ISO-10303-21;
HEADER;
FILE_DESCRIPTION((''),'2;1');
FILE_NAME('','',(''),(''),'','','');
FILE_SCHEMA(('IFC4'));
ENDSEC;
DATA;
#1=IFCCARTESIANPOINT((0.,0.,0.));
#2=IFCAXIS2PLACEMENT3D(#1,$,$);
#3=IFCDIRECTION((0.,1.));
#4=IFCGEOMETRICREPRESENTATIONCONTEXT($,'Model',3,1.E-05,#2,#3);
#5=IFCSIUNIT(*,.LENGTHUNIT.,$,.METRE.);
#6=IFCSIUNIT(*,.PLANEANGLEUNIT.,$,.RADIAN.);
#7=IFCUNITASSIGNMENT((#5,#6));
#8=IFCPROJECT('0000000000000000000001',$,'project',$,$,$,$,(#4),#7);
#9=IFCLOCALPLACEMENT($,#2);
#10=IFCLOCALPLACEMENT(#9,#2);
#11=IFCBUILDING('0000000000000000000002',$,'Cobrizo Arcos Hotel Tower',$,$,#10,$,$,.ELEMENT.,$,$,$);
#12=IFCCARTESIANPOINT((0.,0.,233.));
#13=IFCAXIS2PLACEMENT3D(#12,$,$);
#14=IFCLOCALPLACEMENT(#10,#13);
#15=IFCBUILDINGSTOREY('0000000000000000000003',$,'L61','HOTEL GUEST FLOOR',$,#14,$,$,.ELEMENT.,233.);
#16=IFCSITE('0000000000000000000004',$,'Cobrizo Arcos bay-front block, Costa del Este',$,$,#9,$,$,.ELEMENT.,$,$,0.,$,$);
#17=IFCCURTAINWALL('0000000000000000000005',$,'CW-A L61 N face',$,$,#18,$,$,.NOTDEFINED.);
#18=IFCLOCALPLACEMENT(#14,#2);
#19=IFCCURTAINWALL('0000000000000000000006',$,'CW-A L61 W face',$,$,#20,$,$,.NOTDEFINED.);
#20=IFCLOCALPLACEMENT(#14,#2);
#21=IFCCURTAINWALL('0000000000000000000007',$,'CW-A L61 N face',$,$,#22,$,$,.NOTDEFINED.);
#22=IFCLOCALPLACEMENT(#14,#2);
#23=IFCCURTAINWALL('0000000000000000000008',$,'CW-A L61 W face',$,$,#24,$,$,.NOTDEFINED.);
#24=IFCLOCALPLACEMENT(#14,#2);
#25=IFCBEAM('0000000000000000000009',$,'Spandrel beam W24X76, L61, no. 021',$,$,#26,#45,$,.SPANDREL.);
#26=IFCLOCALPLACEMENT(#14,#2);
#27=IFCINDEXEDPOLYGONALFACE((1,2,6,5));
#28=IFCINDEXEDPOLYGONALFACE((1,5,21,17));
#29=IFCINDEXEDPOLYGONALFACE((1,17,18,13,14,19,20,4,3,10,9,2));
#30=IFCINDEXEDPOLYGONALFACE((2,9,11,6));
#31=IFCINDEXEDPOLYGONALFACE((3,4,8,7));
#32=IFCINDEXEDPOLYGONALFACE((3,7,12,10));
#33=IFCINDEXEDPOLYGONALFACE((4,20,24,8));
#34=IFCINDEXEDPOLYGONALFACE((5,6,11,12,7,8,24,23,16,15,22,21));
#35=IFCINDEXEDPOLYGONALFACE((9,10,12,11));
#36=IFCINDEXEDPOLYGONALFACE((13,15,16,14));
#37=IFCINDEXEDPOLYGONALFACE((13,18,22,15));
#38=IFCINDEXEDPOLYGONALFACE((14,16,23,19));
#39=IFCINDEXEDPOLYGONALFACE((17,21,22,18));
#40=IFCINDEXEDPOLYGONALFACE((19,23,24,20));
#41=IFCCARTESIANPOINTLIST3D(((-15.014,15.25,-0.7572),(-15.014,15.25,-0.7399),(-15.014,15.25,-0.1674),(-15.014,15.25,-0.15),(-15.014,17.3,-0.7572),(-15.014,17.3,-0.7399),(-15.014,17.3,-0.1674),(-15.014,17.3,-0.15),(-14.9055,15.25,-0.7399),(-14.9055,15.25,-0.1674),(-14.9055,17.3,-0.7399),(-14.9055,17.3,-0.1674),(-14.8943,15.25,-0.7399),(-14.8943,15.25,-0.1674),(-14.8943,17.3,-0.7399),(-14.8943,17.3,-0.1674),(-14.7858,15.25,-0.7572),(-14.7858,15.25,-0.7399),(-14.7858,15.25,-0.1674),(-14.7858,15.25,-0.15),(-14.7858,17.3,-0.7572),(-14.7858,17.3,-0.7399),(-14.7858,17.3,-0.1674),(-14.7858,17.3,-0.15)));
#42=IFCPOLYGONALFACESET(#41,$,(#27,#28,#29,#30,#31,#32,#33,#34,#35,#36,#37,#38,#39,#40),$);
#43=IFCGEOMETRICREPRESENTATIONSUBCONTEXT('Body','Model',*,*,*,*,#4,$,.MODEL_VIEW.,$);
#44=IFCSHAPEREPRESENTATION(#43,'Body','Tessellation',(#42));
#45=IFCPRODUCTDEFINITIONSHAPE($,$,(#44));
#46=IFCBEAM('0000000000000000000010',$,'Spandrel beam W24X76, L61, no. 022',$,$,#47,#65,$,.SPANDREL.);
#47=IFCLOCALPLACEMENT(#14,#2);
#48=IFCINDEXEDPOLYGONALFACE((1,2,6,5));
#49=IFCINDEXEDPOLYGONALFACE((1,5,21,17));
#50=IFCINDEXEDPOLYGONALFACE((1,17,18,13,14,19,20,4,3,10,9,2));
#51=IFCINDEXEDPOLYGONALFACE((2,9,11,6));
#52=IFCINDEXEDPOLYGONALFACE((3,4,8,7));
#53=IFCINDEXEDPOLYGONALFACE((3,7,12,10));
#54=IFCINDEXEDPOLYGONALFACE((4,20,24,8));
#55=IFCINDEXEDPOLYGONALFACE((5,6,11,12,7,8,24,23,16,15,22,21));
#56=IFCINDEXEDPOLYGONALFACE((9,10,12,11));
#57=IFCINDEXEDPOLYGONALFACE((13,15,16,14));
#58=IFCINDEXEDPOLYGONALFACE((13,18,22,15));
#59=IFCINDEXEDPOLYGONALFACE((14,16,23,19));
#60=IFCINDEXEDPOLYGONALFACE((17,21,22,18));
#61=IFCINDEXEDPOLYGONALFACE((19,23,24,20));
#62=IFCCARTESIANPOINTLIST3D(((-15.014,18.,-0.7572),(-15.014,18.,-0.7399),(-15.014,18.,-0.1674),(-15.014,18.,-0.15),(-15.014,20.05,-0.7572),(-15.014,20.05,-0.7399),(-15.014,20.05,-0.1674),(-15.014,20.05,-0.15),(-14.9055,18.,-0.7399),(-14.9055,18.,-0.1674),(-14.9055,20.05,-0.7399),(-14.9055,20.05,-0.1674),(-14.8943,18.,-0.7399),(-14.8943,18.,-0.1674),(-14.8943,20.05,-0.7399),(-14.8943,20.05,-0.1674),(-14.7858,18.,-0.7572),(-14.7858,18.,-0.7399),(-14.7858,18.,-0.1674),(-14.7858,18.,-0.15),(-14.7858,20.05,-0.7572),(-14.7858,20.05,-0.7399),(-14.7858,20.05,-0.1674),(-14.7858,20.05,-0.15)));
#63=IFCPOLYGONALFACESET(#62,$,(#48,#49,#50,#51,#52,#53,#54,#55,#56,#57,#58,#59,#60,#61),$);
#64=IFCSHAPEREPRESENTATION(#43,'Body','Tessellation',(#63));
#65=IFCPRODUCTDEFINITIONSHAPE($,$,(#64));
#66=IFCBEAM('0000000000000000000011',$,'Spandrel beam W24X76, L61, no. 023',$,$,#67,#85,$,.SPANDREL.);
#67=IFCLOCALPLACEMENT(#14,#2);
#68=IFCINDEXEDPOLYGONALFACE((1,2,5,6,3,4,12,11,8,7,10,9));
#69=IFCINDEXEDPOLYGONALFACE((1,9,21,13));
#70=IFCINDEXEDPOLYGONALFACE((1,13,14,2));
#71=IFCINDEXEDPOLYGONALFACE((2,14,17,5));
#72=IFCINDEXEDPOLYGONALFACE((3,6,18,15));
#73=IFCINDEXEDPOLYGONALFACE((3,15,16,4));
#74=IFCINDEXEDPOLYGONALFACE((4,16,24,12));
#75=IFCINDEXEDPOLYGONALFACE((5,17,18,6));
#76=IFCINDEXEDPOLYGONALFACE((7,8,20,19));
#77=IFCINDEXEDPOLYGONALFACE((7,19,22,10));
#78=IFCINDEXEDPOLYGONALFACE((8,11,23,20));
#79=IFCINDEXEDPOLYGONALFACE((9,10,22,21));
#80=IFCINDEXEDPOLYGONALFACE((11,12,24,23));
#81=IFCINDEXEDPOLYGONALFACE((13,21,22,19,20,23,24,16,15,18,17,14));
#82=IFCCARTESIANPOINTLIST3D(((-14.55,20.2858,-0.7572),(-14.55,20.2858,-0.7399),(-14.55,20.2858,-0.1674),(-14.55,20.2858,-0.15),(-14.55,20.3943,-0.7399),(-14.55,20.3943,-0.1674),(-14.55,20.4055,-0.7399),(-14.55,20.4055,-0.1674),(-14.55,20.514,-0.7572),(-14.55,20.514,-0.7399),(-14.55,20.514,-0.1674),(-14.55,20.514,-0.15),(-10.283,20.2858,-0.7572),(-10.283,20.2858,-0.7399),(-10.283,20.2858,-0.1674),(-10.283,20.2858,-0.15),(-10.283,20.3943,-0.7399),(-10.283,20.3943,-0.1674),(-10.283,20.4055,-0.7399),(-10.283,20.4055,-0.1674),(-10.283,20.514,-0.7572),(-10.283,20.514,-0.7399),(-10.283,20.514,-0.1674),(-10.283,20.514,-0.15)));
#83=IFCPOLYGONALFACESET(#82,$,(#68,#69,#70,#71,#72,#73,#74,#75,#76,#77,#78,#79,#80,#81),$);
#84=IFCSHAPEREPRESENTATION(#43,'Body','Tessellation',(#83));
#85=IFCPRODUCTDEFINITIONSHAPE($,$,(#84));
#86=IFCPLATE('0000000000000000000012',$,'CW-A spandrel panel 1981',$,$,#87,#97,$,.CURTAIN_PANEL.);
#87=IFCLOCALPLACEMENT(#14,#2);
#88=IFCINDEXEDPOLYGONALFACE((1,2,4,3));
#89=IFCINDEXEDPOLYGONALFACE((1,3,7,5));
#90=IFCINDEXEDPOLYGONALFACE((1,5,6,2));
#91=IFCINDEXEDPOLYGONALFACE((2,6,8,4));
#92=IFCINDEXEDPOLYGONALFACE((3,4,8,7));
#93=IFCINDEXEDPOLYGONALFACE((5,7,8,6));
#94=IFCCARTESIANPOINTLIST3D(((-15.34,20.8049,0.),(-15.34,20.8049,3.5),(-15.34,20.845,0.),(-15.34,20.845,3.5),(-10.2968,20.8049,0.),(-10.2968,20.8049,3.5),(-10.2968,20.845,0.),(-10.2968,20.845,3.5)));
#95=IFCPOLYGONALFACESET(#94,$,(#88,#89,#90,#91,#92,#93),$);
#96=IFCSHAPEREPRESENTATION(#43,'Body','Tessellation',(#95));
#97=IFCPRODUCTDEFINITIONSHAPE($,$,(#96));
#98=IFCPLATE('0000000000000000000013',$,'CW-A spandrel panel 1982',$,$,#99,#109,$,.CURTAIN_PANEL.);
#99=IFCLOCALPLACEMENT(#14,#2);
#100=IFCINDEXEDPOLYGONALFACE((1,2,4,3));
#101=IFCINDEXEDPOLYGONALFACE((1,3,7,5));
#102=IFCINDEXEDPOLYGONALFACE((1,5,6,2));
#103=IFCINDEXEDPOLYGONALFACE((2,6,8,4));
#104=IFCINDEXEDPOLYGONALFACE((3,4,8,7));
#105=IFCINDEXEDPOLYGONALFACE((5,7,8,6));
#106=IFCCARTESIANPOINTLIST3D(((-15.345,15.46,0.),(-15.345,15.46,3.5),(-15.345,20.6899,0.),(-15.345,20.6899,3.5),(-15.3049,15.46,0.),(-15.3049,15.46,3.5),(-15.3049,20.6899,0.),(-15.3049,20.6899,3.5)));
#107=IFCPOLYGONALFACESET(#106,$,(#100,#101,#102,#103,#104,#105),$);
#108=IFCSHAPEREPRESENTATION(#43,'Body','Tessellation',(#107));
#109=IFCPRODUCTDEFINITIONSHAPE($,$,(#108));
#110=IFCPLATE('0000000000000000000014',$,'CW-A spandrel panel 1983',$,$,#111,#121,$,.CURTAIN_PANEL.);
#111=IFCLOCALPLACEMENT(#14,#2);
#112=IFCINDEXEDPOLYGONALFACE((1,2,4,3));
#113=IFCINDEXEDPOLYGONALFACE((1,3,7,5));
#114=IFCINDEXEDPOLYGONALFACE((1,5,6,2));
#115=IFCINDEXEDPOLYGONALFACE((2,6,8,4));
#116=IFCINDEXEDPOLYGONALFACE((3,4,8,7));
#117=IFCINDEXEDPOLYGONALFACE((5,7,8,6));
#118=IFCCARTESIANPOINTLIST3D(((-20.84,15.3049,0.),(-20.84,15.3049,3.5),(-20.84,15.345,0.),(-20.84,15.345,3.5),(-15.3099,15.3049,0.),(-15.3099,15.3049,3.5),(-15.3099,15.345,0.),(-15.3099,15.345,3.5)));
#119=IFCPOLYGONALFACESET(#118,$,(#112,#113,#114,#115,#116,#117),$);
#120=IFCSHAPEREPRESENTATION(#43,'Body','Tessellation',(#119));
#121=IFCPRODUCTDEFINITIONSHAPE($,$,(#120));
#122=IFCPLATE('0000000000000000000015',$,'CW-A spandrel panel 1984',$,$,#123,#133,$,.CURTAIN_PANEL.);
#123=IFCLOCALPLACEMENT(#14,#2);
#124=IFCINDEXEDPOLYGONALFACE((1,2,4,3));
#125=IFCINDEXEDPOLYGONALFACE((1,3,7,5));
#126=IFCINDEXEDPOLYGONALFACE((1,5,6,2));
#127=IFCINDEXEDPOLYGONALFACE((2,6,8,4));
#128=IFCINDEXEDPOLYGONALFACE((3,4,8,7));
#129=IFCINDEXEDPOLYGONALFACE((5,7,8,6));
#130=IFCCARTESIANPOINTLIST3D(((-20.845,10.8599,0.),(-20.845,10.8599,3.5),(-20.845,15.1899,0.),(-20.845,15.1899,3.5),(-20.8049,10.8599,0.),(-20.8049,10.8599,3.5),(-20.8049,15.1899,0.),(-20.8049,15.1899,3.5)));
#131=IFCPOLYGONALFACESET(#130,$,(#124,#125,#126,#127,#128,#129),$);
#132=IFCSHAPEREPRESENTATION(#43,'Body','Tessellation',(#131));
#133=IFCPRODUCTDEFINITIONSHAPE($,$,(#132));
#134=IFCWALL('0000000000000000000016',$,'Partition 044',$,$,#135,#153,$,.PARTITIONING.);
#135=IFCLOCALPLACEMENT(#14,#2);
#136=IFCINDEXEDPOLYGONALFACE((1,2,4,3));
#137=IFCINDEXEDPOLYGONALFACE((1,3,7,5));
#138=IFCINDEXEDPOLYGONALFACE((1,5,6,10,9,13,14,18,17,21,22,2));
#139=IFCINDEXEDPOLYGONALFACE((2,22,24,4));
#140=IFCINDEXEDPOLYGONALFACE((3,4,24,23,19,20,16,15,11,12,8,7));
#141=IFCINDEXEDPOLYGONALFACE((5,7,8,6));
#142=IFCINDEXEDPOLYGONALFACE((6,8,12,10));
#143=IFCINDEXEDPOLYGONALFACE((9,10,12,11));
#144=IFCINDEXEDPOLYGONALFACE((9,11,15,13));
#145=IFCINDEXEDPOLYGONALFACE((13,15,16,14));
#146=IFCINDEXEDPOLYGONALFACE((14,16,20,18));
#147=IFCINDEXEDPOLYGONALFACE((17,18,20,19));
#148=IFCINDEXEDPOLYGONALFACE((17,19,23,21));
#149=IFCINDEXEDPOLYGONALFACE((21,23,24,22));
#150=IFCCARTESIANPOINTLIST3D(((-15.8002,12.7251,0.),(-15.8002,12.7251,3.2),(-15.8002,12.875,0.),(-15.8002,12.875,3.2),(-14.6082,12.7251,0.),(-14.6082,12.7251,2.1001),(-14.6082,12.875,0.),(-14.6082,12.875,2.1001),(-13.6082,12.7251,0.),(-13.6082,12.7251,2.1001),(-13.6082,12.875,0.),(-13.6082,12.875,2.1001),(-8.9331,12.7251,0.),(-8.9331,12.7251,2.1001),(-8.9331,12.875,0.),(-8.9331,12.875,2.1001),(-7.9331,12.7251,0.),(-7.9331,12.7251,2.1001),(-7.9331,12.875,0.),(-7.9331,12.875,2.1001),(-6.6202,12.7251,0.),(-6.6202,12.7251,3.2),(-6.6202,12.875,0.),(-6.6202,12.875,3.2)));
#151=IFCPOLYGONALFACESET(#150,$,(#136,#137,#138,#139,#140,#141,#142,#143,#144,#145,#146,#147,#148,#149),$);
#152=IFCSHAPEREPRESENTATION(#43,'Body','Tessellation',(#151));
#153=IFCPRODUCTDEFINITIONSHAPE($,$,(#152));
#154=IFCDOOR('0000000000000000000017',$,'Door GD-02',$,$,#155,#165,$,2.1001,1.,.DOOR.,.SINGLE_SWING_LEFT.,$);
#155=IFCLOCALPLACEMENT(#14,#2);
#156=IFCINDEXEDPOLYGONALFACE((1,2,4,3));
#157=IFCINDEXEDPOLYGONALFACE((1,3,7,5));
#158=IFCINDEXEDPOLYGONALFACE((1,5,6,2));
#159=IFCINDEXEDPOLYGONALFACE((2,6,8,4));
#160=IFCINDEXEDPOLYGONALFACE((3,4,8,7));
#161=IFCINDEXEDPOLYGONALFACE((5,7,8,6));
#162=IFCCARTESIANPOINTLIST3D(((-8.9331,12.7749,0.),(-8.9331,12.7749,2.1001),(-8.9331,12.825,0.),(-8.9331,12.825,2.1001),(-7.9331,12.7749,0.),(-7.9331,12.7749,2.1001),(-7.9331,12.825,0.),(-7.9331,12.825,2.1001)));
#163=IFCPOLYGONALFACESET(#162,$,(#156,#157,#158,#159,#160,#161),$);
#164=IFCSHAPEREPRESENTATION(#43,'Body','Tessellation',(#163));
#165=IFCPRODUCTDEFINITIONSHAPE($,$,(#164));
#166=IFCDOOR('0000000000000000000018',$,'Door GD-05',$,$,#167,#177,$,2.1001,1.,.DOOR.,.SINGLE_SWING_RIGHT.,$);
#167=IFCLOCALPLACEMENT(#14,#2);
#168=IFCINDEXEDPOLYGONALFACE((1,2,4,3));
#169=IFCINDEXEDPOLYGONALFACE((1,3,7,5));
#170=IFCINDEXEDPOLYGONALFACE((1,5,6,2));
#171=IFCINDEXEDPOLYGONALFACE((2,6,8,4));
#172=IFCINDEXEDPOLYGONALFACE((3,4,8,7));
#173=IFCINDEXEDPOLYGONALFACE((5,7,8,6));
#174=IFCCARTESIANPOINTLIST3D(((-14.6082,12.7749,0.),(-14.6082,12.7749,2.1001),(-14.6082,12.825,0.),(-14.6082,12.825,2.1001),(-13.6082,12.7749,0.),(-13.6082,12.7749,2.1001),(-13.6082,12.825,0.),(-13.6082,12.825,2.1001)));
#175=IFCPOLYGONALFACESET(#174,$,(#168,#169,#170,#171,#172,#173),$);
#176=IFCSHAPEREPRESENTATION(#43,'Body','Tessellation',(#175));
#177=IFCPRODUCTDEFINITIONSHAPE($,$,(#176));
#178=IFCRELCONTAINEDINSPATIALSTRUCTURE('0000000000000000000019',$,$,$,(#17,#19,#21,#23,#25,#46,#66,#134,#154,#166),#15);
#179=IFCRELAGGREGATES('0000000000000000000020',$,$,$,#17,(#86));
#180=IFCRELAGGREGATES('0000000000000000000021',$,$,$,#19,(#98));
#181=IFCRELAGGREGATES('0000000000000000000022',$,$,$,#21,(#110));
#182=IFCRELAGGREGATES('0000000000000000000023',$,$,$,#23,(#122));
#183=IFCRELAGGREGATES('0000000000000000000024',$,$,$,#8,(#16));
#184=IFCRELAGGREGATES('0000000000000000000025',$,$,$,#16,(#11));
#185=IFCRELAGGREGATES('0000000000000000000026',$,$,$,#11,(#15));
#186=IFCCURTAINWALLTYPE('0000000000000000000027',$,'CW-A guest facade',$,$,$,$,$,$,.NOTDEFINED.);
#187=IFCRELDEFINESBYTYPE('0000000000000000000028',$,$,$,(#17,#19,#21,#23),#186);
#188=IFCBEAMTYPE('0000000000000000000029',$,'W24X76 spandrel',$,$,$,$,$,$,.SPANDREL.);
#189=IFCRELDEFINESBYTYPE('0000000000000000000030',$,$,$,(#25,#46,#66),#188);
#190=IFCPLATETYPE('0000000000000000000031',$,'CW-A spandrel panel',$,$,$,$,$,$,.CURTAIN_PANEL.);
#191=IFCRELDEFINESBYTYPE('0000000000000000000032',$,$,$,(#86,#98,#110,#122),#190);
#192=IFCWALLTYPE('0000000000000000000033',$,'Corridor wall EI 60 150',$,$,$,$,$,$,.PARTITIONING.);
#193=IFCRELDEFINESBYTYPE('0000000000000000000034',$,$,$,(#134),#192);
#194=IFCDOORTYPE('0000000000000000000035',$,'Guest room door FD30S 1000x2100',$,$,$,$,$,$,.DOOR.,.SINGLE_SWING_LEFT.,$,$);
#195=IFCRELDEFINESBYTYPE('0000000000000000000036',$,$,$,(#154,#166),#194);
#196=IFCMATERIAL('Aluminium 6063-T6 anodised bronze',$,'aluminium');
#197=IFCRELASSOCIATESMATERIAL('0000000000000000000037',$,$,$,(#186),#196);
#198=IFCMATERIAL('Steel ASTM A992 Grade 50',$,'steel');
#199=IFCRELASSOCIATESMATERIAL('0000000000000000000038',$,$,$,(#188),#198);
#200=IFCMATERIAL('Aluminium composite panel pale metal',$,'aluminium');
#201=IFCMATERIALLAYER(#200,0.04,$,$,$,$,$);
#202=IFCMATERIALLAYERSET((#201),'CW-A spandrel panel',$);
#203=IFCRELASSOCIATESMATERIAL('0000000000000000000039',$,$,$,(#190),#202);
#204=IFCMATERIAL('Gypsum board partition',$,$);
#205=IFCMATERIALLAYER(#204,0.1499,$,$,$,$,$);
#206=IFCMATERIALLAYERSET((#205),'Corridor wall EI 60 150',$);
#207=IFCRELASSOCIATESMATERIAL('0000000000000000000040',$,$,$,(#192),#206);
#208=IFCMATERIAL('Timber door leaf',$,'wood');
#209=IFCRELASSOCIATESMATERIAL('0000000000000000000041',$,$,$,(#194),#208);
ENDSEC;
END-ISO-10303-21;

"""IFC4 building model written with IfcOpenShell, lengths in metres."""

from ifc_helpers import new_model, si_unit, direction, frame, frame_2d, origin, origin_2d, place, context, subcontext, project, spatial, rectangle, i_section, extrude, material, layer, layer_set, material_profile, profile_set, type_object, element, fill, aggregate, save


model = new_model("IFC4")

# Units and contexts
model_context = context("Model", 3, precision=1e-05, world=origin(), true_north=direction((0.0, 1.0)))
body_context = subcontext(model_context, "Body", "Model", "MODEL_VIEW")
ifc_project = project(units=[si_unit("LENGTHUNIT", "METRE"), si_unit("PLANEANGLEUNIT", "RADIAN")], contexts=[model_context])

# Site, building, storey
site_placement = place(None, origin())
site = spatial("IfcSite", under=ifc_project, at=site_placement, Name="Cobrizo Arcos bay-front block, Costa del Este", CompositionType="ELEMENT", RefElevation=0.0)
building_placement = place(site_placement, origin())
building = spatial("IfcBuilding", under=site, at=building_placement, Name="Cobrizo Arcos Hotel Tower", CompositionType="ELEMENT")
storey_placement = place(building_placement, frame((0.0, 0.0, 233.0)))
storey = spatial("IfcBuildingStorey", under=building, at=storey_placement, Name="L61", Description="HOTEL GUEST FLOOR", CompositionType="ELEMENT", Elevation=233.0)

# Curtain wall
ifc_material_1 = material(Name="Aluminium 6063-T6 anodised bronze", Category="aluminium")
curtain_wall_type = type_object("IfcCurtainWallType", Name="CW-A guest facade", PredefinedType="NOTDEFINED", material=ifc_material_1)
curtain_wall_1_placement = place(storey_placement, origin())
curtain_wall_1 = element("IfcCurtainWall", 1, at=curtain_wall_1_placement, inside=storey, type_object=curtain_wall_type, Name="CW-A L61 N face", PredefinedType="NOTDEFINED")

# Curtain walls
curtain_wall_2_placement = place(storey_placement, origin())
curtain_wall_2 = element("IfcCurtainWall", 2, at=curtain_wall_2_placement, inside=storey, type_object=curtain_wall_type, Name="CW-A L61 W face", PredefinedType="NOTDEFINED")
curtain_wall_3_placement = place(storey_placement, origin())
curtain_wall_3 = element("IfcCurtainWall", 3, at=curtain_wall_3_placement, inside=storey, type_object=curtain_wall_type, Name="CW-A L61 N face", PredefinedType="NOTDEFINED")

# Curtain wall
curtain_wall_4_placement = place(storey_placement, origin())
curtain_wall_4 = element("IfcCurtainWall", 4, at=curtain_wall_4_placement, inside=storey, type_object=curtain_wall_type, Name="CW-A L61 W face", PredefinedType="NOTDEFINED")

# Beams
ifc_material_2 = material(Name="Steel ASTM A992 Grade 50", Category="steel")
ifc_material_profile_1 = material_profile(ifc_material_2, i_section(OverallWidth=0.2283, OverallDepth=0.6072, WebThickness=0.0112, FlangeThickness=0.0173, at=origin_2d()), Name="W24X76")
ifc_profile_set_1 = profile_set([ifc_material_profile_1], Name="Steel ASTM A992 Grade 50")
beam_type = type_object("IfcBeamType", Name="W24X76 spandrel", PredefinedType="SPANDREL", material=ifc_profile_set_1)
for number, where, z_axis, x_axis, name in (
    (5, (-14.8999, 15.25, -0.4536), (0.0, 1.0, 0.0), (-1.0, 0.0, 0.0), "Spandrel beam W24X76, L61, no. 021"),
    (6, (-14.8999, 18.0, -0.4536), (0.0, 1.0, 0.0), (-1.0, 0.0, 0.0), "Spandrel beam W24X76, L61, no. 022"),
):
    element("IfcBeam", number, at=place(storey_placement, frame(where, z_axis=z_axis, x_axis=x_axis)), inside=storey, type_object=beam_type, Name=name, PredefinedType="SPANDREL", context=body_context, shape_type="SweptSolid", body=[
        extrude(i_section(OverallWidth=0.2283, OverallDepth=0.6072, WebThickness=0.0112, FlangeThickness=0.0173, at=origin_2d()), origin(), (0.0, 0.0, 1.0), 2.05),
    ])
beam_placement = place(storey_placement, frame((-14.55, 20.3999, -0.4536), z_axis=(1.0, 0.0, 0.0), x_axis=(0.0, 1.0, 0.0)))
element("IfcBeam", 7, at=beam_placement, inside=storey, type_object=beam_type, Name="Spandrel beam W24X76, L61, no. 023", PredefinedType="SPANDREL", context=body_context, shape_type="SweptSolid", body=[
    extrude(i_section(OverallWidth=0.2283, OverallDepth=0.6072, WebThickness=0.0112, FlangeThickness=0.0173, at=origin_2d()), origin(), (0.0, 0.0, 1.0), 4.2671),
])

# Plates
ifc_material_3 = material(Name="Aluminium composite panel pale metal", Category="aluminium")
ifc_layer_1 = layer(ifc_material_3, 0.04)
ifc_layer_set_1 = layer_set([ifc_layer_1], Name="CW-A spandrel panel")
plate_type = type_object("IfcPlateType", Name="CW-A spandrel panel", PredefinedType="CURTAIN_PANEL", material=ifc_layer_set_1)
plate_1_placement = place(storey_placement, frame((-12.8184, 20.825, 0.0), z_axis=(0.0, 0.0, 1.0), x_axis=(-1.0, 0.0, 0.0)))
plate_1 = element("IfcPlate", 8, at=plate_1_placement, type_object=plate_type, Name="CW-A spandrel panel 1981", PredefinedType="CURTAIN_PANEL", context=body_context, shape_type="SweptSolid", body=[
    extrude(rectangle(XDim=5.0432, YDim=0.04, at=origin_2d()), origin(), (0.0, 0.0, 1.0), 3.5),
])
aggregate(curtain_wall_1, [plate_1])
plate_2_placement = place(storey_placement, frame((-15.325, 18.075, 0.0), z_axis=(0.0, 0.0, 1.0), x_axis=(0.0, -1.0, 0.0)))
plate_2 = element("IfcPlate", 9, at=plate_2_placement, type_object=plate_type, Name="CW-A spandrel panel 1982", PredefinedType="CURTAIN_PANEL", context=body_context, shape_type="SweptSolid", body=[
    extrude(rectangle(XDim=5.23, YDim=0.04, at=origin_2d()), origin(), (0.0, 0.0, 1.0), 3.5),
])
aggregate(curtain_wall_2, [plate_2])
plate_3_placement = place(storey_placement, frame((-18.075, 15.325, 0.0), z_axis=(0.0, 0.0, 1.0), x_axis=(-1.0, 0.0, 0.0)))
plate_3 = element("IfcPlate", 10, at=plate_3_placement, type_object=plate_type, Name="CW-A spandrel panel 1983", PredefinedType="CURTAIN_PANEL", context=body_context, shape_type="SweptSolid", body=[
    extrude(rectangle(XDim=5.53, YDim=0.04, at=origin_2d()), origin(), (0.0, 0.0, 1.0), 3.5),
])
aggregate(curtain_wall_3, [plate_3])
plate_4_placement = place(storey_placement, frame((-20.825, 13.0249, 0.0), z_axis=(0.0, 0.0, 1.0), x_axis=(0.0, -1.0, 0.0)))
plate_4 = element("IfcPlate", 11, at=plate_4_placement, type_object=plate_type, Name="CW-A spandrel panel 1984", PredefinedType="CURTAIN_PANEL", context=body_context, shape_type="SweptSolid", body=[
    extrude(rectangle(XDim=4.3301, YDim=0.04, at=origin_2d()), origin(), (0.0, 0.0, 1.0), 3.5),
])
aggregate(curtain_wall_4, [plate_4])

# Wall, openings, doors
ifc_material_4 = material(Name="Gypsum board partition")
ifc_layer_2 = layer(ifc_material_4, 0.1499)
ifc_layer_set_2 = layer_set([ifc_layer_2], Name="Corridor wall EI 60 150")
wall_type_1 = type_object("IfcWallType", Name="Corridor wall EI 60 150", PredefinedType="PARTITIONING", material=ifc_layer_set_2)
wall_1_placement = place(storey_placement, frame((-15.8, 12.8, 0.0), z_axis=(0.0, 0.0, 1.0), x_axis=(1.0, 0.0, 0.0)))
wall_1 = element("IfcWall", 12, at=wall_1_placement, inside=storey, type_object=wall_type_1, Name="Partition 044", PredefinedType="PARTITIONING", context=body_context, shape_type="SweptSolid", body=[
    extrude(rectangle(XDim=9.1799, YDim=0.1499, at=frame_2d((4.5898, 0.0))), origin(), (0.0, 0.0, 1.0), 3.2),
])
opening_1_placement = place(wall_1_placement, frame((6.8669, 0.0, 0.0)))
opening_1 = element("IfcOpeningElement", 13, at=opening_1_placement, cuts=wall_1, PredefinedType="OPENING", context=body_context, shape_type="SweptSolid", body=[
    extrude(rectangle(XDim=1.0, YDim=2.1001, at=frame_2d((0.5, 1.05))), frame((0.0, 0.0869, 0.0), z_axis=(0.0, -1.0, 0.0), x_axis=(1.0, 0.0, 0.0)), (0.0, 0.0, 1.0), 0.1738),
])
opening_2_placement = place(wall_1_placement, frame((1.1919, 0.0, 0.0)))
opening_2 = element("IfcOpeningElement", 14, at=opening_2_placement, cuts=wall_1, PredefinedType="OPENING", context=body_context, shape_type="SweptSolid", body=[
    extrude(rectangle(XDim=1.0, YDim=2.1001, at=frame_2d((0.5, 1.05))), frame((0.0, 0.0869, 0.0), z_axis=(0.0, -1.0, 0.0), x_axis=(1.0, 0.0, 0.0)), (0.0, 0.0, 1.0), 0.1738),
])
ifc_material_5 = material(Name="Timber door leaf", Category="wood")
door_type_1 = type_object("IfcDoorType", Name="Guest room door FD30S 1000x2100", OperationType="SINGLE_SWING_LEFT", PredefinedType="DOOR", material=ifc_material_5)
door_1_placement = place(opening_1_placement, origin())
door_1 = element("IfcDoor", 15, at=door_1_placement, inside=storey, type_object=door_type_1, Name="Door GD-02", OperationType="SINGLE_SWING_LEFT", OverallHeight=2.1001, OverallWidth=1.0, PredefinedType="DOOR", context=body_context, shape_type="SweptSolid", body=[
    extrude(rectangle(XDim=1.0, YDim=2.1001, at=frame_2d((0.5, 1.05))), frame((0.0, 0.0249, 0.0), z_axis=(0.0, -1.0, 0.0), x_axis=(1.0, 0.0, 0.0)), (0.0, 0.0, 1.0), 0.05),
])
fill(opening_1, door_1)
door_2_placement = place(opening_2_placement, origin())
door_2 = element("IfcDoor", 16, at=door_2_placement, inside=storey, type_object=door_type_1, Name="Door GD-05", OperationType="SINGLE_SWING_RIGHT", OverallHeight=2.1001, OverallWidth=1.0, PredefinedType="DOOR", context=body_context, shape_type="SweptSolid", body=[
    extrude(rectangle(XDim=1.0, YDim=2.1001, at=frame_2d((0.5, 1.05))), frame((0.0, 0.0249, 0.0), z_axis=(0.0, -1.0, 0.0), x_axis=(1.0, 0.0, 0.0)), (0.0, 0.0, 1.0), 0.05),
])
fill(opening_2, door_2)

save(model, "model.ifc")
